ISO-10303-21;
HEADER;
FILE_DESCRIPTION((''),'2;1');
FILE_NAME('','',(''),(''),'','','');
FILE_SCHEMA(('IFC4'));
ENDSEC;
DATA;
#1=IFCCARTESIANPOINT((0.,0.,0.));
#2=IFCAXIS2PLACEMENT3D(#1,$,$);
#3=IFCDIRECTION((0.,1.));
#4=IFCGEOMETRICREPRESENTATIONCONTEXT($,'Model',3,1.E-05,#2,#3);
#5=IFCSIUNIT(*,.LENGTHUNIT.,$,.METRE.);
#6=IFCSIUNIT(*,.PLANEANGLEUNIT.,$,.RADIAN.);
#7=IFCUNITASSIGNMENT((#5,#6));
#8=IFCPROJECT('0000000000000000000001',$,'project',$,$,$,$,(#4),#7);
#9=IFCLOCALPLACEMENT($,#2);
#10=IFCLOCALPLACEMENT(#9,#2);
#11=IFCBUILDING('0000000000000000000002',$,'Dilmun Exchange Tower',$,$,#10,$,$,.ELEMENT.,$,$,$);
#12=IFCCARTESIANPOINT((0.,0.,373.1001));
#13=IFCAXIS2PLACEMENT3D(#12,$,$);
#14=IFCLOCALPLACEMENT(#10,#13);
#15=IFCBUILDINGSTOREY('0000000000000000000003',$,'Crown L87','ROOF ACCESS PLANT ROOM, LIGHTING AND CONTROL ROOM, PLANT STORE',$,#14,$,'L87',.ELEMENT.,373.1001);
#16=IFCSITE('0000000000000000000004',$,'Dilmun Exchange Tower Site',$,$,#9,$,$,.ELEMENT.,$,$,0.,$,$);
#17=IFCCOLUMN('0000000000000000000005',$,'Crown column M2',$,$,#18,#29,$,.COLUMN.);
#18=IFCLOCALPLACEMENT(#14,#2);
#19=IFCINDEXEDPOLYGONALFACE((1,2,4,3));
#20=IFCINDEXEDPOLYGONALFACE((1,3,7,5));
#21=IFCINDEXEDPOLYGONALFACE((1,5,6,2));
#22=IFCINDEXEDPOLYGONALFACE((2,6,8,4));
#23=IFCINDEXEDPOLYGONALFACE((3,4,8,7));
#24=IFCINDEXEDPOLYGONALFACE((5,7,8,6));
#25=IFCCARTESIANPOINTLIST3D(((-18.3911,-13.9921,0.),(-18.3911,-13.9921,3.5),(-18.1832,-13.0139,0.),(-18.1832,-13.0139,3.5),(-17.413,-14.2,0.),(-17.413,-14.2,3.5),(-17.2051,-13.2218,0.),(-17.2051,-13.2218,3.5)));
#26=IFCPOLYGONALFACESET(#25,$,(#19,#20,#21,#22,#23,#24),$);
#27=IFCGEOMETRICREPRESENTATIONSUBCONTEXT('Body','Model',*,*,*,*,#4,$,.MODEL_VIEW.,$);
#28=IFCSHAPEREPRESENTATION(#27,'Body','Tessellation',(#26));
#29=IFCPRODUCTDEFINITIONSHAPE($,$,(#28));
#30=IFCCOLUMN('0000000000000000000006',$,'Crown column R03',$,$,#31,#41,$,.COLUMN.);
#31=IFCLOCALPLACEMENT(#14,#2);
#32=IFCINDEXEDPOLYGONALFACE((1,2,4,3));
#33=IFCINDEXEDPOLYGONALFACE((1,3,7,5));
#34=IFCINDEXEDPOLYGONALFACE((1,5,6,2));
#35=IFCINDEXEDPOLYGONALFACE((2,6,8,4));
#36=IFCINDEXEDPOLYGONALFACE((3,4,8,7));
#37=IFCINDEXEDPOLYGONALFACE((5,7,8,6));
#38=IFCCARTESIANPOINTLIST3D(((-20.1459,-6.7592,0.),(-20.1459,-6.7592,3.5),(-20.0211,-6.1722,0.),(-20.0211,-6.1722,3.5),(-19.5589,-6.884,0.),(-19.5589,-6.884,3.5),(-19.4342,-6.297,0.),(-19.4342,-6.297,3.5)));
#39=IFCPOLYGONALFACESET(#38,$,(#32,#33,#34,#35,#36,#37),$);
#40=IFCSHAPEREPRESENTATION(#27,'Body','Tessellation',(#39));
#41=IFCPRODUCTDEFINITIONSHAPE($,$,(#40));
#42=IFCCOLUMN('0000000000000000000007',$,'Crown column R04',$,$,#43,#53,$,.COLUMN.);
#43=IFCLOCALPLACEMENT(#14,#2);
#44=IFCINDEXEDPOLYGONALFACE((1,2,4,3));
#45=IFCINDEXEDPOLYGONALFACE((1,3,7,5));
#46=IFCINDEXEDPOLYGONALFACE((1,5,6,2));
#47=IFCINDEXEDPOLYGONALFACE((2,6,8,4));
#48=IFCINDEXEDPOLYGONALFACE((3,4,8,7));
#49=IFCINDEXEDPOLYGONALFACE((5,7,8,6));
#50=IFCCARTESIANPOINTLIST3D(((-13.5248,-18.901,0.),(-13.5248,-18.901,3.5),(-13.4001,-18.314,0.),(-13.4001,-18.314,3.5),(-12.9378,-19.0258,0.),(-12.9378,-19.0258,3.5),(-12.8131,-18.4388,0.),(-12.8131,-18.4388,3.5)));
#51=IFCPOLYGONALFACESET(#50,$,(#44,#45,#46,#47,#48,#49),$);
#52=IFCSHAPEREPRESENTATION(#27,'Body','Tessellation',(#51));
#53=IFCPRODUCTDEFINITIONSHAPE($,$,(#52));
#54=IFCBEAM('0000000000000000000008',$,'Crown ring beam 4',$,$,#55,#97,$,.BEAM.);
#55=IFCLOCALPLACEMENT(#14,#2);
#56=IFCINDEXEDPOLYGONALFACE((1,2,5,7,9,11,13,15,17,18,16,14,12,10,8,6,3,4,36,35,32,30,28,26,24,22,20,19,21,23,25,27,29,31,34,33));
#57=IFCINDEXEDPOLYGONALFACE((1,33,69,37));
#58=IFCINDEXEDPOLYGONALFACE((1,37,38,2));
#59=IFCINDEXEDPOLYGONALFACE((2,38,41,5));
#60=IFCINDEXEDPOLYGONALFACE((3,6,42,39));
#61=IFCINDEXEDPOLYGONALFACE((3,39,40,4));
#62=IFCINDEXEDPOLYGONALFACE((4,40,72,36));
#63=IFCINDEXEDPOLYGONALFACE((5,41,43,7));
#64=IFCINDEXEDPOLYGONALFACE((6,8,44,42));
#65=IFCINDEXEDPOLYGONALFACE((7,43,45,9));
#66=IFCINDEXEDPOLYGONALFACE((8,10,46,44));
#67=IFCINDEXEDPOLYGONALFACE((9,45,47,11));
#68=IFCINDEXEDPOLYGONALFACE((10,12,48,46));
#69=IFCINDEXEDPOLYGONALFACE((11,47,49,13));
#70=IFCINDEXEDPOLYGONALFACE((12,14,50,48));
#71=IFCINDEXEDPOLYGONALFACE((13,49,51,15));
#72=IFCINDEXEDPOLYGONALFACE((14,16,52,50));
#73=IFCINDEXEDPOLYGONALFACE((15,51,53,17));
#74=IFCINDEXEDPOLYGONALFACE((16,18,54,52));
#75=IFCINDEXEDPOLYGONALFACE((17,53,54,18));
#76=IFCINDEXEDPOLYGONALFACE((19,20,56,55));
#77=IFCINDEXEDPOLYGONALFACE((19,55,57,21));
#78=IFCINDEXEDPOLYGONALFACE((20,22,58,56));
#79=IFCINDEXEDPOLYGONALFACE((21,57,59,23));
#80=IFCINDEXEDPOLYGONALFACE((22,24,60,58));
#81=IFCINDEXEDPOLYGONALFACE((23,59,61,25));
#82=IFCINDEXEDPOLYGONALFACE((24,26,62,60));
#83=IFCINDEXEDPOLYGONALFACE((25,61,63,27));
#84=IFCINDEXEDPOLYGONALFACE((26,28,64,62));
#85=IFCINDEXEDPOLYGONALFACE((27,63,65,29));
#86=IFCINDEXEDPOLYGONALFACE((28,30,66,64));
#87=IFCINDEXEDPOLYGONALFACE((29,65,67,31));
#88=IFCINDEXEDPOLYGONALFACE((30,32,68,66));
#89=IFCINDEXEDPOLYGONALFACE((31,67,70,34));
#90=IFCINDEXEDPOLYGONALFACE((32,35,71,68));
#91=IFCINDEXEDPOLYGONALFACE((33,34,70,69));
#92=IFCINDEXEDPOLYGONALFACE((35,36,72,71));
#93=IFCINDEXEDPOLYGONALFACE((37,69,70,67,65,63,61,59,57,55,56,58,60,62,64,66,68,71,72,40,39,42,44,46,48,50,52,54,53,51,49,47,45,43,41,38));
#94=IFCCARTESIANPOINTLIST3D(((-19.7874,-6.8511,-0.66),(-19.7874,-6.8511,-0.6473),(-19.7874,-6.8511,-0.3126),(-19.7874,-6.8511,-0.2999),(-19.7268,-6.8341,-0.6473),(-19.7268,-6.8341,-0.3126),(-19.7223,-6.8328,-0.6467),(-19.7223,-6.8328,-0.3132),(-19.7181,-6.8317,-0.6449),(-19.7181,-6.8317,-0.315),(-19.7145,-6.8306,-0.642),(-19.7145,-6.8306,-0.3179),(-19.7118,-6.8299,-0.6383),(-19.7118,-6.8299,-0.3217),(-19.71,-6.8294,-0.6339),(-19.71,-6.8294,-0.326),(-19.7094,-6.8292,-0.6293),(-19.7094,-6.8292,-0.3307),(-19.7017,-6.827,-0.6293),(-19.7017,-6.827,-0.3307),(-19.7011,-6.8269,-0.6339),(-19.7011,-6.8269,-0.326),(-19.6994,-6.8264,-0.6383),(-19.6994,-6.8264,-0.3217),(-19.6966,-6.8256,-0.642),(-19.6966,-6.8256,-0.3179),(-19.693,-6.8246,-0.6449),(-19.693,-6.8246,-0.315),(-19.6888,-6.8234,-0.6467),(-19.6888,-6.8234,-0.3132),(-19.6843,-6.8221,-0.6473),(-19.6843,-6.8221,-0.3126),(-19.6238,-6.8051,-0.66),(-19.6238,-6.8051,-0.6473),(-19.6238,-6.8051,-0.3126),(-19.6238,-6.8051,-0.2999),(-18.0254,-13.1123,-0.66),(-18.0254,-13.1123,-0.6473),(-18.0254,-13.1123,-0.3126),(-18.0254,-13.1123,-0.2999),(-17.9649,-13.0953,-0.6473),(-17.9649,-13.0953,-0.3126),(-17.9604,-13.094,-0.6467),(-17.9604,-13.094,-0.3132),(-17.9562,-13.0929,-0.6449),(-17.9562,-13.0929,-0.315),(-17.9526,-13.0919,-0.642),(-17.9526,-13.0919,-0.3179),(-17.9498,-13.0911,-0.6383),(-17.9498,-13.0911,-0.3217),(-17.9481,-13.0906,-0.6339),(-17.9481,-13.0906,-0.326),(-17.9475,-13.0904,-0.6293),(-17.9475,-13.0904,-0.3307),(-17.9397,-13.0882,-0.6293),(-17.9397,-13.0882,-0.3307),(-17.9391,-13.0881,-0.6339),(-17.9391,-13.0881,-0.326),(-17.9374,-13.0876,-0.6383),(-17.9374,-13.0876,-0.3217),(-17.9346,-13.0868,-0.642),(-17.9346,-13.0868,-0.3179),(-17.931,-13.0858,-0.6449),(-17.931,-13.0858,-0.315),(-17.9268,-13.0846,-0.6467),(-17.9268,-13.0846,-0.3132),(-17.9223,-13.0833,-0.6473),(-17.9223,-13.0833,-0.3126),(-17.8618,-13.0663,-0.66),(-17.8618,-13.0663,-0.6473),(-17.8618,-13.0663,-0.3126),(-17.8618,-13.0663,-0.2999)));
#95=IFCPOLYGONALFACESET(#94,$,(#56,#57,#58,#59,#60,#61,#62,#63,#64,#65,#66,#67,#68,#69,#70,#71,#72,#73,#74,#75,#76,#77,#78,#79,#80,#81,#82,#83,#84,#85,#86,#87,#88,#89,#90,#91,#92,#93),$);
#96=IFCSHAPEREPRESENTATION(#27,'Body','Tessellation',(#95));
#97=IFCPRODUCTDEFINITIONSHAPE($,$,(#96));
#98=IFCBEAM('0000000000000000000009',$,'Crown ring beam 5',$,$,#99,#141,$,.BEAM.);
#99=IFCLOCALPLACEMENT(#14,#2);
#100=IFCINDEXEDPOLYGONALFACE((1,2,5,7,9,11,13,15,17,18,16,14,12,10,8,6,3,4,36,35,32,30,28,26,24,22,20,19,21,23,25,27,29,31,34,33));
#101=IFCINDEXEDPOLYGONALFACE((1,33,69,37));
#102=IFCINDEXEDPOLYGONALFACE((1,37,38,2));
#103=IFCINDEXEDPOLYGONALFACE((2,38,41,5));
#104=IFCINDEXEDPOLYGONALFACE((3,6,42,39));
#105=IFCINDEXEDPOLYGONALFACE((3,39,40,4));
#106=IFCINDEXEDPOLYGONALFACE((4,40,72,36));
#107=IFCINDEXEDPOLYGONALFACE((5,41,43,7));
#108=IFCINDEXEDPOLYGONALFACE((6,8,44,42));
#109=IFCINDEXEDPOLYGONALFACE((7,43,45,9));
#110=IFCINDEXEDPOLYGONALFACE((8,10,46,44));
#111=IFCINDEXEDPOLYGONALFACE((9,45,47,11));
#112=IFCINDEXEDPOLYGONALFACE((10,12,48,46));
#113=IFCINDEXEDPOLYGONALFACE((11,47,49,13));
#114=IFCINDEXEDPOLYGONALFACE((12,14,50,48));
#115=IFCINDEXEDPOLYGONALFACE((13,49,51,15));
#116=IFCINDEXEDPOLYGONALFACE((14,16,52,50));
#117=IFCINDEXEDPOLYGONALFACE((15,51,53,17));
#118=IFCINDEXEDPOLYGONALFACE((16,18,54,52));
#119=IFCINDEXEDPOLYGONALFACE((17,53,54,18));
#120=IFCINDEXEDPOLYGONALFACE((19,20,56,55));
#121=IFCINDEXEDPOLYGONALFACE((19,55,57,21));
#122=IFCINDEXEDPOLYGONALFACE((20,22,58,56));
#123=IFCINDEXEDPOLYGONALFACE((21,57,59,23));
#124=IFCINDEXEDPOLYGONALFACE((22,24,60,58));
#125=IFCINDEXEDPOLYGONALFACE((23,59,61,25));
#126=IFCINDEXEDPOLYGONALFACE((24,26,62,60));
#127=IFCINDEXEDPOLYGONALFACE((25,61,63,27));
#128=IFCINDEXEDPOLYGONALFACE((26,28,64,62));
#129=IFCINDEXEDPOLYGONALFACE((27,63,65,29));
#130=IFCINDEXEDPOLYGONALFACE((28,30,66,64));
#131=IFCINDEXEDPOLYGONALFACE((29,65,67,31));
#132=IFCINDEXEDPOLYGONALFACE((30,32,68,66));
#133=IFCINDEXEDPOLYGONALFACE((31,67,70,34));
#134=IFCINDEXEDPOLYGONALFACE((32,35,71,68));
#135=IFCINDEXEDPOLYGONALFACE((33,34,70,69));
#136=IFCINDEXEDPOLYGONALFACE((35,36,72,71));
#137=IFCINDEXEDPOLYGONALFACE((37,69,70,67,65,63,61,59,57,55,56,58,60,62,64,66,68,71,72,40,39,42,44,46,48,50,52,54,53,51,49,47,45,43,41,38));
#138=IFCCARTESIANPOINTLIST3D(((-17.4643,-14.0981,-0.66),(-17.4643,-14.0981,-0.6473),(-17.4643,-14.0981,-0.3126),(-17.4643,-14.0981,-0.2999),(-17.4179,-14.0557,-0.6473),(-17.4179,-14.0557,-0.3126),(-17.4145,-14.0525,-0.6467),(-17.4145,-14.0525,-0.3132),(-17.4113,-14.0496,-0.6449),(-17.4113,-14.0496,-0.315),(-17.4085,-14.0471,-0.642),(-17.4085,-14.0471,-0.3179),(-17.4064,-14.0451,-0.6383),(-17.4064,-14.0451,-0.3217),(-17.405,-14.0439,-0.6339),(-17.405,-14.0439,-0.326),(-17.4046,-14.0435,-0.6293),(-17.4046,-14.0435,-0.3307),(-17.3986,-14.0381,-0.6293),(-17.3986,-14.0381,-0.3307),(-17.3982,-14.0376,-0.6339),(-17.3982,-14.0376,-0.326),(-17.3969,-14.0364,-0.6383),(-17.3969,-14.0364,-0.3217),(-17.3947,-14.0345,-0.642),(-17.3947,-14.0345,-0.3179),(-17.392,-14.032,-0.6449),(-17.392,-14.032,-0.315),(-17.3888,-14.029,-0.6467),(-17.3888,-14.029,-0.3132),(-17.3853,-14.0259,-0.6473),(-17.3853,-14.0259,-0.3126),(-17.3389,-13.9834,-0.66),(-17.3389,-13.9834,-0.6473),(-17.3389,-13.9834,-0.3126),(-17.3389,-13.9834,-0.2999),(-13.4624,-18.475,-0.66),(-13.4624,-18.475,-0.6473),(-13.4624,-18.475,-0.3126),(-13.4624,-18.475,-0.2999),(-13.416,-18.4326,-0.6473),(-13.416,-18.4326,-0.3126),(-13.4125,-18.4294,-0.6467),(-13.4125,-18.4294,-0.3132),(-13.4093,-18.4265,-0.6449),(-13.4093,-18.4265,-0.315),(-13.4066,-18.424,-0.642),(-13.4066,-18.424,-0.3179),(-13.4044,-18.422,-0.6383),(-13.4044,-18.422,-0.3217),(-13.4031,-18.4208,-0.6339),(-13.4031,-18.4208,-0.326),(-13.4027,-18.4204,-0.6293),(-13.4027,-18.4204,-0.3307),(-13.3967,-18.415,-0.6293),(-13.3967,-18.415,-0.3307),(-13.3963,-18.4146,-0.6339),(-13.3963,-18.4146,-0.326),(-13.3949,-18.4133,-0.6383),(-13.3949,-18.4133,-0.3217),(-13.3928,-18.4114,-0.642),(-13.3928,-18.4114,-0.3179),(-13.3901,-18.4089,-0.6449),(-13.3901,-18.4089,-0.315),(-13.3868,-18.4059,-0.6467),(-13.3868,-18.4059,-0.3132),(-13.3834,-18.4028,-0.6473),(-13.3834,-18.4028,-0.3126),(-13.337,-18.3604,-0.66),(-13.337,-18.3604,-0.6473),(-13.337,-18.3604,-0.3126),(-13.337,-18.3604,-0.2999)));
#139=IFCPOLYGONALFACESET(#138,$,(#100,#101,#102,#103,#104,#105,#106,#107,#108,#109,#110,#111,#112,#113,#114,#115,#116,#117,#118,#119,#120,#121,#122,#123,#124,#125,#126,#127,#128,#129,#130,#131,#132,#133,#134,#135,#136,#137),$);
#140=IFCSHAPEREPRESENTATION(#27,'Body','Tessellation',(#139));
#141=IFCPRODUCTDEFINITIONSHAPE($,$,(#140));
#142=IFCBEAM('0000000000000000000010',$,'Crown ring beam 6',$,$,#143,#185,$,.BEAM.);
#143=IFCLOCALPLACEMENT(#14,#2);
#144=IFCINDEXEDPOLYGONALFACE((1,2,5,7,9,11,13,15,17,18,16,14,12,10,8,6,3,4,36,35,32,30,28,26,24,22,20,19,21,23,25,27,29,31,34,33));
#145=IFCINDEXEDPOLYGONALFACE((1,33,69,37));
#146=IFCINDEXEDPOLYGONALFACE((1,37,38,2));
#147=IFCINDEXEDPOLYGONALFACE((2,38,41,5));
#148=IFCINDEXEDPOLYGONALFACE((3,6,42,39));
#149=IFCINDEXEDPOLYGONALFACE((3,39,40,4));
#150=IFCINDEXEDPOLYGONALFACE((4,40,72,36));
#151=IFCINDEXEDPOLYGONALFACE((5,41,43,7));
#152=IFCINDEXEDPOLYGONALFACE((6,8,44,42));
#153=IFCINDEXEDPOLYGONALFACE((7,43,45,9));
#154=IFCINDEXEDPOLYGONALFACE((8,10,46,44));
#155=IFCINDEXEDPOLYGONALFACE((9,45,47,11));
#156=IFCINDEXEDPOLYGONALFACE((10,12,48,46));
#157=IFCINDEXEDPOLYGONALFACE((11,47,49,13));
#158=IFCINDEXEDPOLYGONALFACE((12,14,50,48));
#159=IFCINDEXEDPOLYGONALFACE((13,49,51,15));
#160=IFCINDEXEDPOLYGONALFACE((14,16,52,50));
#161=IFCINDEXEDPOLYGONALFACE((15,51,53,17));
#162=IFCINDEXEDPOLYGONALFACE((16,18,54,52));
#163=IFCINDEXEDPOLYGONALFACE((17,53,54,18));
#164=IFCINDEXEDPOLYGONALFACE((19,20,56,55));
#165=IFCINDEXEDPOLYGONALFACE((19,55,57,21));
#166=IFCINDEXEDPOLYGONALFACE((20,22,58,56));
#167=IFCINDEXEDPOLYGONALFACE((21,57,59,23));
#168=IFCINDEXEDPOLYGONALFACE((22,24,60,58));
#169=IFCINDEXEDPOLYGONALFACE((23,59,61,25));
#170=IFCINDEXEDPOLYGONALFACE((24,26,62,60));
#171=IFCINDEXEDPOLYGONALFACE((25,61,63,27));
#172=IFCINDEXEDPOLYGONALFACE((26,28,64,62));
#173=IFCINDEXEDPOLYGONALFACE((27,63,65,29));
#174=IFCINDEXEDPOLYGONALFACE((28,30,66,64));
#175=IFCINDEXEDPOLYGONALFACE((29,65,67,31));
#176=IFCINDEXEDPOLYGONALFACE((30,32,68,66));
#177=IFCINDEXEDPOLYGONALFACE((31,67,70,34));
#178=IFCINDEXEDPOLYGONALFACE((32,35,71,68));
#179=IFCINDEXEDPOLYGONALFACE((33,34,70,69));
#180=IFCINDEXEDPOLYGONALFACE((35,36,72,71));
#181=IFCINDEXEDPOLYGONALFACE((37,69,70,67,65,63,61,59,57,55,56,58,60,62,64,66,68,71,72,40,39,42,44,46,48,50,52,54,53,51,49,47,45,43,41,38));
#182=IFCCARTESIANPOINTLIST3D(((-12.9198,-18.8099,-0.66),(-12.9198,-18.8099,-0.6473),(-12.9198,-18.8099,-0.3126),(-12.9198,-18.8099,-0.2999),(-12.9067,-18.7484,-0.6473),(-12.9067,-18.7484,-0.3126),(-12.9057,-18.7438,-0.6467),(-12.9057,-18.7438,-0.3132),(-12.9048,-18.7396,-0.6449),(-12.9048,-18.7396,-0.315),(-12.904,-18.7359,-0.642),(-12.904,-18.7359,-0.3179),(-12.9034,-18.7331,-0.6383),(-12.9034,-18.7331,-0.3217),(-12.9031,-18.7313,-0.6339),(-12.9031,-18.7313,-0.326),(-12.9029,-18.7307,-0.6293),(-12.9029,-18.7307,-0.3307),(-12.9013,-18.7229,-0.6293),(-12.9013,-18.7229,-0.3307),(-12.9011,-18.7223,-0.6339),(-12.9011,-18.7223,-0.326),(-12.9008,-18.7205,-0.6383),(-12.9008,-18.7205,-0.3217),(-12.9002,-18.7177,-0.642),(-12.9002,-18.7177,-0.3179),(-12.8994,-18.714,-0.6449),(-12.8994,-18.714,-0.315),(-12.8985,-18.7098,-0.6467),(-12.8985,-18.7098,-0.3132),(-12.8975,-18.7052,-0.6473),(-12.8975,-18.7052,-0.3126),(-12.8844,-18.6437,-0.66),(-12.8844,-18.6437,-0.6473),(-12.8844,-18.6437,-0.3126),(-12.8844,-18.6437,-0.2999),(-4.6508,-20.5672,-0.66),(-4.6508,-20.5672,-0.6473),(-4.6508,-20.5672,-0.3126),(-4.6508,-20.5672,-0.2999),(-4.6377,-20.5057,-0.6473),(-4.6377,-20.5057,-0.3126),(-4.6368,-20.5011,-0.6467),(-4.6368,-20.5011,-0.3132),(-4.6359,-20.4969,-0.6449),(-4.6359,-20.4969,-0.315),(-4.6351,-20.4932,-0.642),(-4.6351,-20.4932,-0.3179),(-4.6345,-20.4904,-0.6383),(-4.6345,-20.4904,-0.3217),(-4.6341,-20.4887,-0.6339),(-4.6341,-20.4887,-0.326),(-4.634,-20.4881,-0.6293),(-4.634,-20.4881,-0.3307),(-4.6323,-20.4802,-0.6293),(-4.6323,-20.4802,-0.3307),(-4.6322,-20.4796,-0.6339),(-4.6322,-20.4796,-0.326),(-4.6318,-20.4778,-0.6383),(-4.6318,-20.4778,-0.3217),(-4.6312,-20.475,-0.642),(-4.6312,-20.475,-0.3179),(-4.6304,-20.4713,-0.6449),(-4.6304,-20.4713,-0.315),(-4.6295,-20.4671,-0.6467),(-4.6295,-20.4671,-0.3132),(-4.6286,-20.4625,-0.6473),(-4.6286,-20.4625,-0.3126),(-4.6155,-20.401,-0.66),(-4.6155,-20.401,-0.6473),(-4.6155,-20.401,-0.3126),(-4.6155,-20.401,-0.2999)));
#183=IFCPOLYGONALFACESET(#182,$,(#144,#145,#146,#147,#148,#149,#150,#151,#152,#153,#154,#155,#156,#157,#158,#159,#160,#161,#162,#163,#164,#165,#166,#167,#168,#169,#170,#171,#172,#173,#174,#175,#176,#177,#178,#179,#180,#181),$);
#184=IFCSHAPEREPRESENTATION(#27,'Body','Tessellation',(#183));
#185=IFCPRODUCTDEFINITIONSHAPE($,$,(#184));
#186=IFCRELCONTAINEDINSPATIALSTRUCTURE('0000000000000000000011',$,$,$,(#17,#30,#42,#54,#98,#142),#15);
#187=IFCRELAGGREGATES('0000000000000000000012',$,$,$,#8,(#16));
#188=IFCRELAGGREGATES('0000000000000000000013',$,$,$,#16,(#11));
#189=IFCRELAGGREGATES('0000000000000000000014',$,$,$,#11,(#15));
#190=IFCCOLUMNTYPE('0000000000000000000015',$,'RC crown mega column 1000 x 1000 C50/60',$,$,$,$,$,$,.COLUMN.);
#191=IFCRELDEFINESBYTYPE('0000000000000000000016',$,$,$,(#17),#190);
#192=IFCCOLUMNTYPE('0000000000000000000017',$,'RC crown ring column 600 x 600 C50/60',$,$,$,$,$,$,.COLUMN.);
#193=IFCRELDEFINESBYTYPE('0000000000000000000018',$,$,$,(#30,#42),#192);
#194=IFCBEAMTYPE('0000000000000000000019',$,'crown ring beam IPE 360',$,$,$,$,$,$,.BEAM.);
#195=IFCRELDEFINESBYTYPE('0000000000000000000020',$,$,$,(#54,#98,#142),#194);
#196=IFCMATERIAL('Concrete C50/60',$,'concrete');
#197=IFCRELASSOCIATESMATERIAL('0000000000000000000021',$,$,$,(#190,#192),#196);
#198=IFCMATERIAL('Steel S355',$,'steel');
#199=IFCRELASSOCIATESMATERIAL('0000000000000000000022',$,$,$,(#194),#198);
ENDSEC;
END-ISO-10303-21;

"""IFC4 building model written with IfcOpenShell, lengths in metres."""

from ifc_helpers import new_model, si_unit, direction, frame, origin, origin_2d, place, context, subcontext, project, spatial, rectangle, i_section, extrude, material, material_profile, profile_set, type_object, element, save


model = new_model("IFC4")

# Units and contexts
model_context = context("Model", 3, precision=1e-05, world=origin(), true_north=direction((0.0, 1.0)))
body_context = subcontext(model_context, "Body", "Model", "MODEL_VIEW")
ifc_project = project(units=[si_unit("LENGTHUNIT", "METRE"), si_unit("PLANEANGLEUNIT", "RADIAN")], contexts=[model_context])

# Site, building, storey
site_placement = place(None, origin())
site = spatial("IfcSite", under=ifc_project, at=site_placement, Name="Dilmun Exchange Tower Site", CompositionType="ELEMENT", RefElevation=0.0)
building_placement = place(site_placement, origin())
building = spatial("IfcBuilding", under=site, at=building_placement, Name="Dilmun Exchange Tower", CompositionType="ELEMENT")
storey_placement = place(building_placement, frame((0.0, 0.0, 373.1001)))
storey = spatial("IfcBuildingStorey", under=building, at=storey_placement, Name="Crown L87", Description="ROOF ACCESS PLANT ROOM, LIGHTING AND CONTROL ROOM, PLANT STORE", LongName="L87", CompositionType="ELEMENT", Elevation=373.1001)

# Columns
ifc_material_1 = material(Name="Concrete C50/60", Category="concrete")
ifc_material_profile_1 = material_profile(ifc_material_1, rectangle(XDim=1.0, YDim=1.0, at=origin_2d()), Name="1000 x 1000")
ifc_profile_set_1 = profile_set([ifc_material_profile_1], Name="Concrete C50/60")
column_type_1 = type_object("IfcColumnType", Name="RC crown mega column 1000 x 1000 C50/60", PredefinedType="COLUMN", material=ifc_profile_set_1)
column_placement = place(storey_placement, frame((-17.7981, -13.6069, 0.0), z_axis=(0.0, 0.0, 1.0), x_axis=(0.207912, 0.978148, 0.0)))
element("IfcColumn", 1, at=column_placement, inside=storey, type_object=column_type_1, Name="Crown column M2", PredefinedType="COLUMN", context=body_context, shape_type="SweptSolid", body=[
    extrude(rectangle(XDim=1.0, YDim=1.0, at=origin_2d()), origin(), (0.0, 0.0, 1.0), 3.5),
])
ifc_material_profile_2 = material_profile(ifc_material_1, rectangle(XDim=0.6001, YDim=0.6001, at=origin_2d()), Name="600 x 600")
ifc_profile_set_2 = profile_set([ifc_material_profile_2], Name="Concrete C50/60")
column_type_2 = type_object("IfcColumnType", Name="RC crown ring column 600 x 600 C50/60", PredefinedType="COLUMN", material=ifc_profile_set_2)
for number, where, z_axis, x_axis, name in (
    (2, (-19.79, -6.5281, 0.0), (0.0, 0.0, 1.0), (0.207912, 0.978148, 0.0), "Crown column R03"),
    (3, (-13.1689, -18.6699, 0.0), (0.0, 0.0, 1.0), (0.207912, 0.978148, 0.0), "Crown column R04"),
):
    element("IfcColumn", number, at=place(storey_placement, frame(where, z_axis=z_axis, x_axis=x_axis)), inside=storey, type_object=column_type_2, Name=name, PredefinedType="COLUMN", context=body_context, shape_type="SweptSolid", body=[
        extrude(rectangle(XDim=0.6001, YDim=0.6001, at=origin_2d()), origin(), (0.0, 0.0, 1.0), 3.5),
    ])

# Beams
ifc_material_2 = material(Name="Steel S355", Category="steel")
ifc_material_profile_3 = material_profile(ifc_material_2, i_section(OverallWidth=0.1699, OverallDepth=0.3601, WebThickness=0.0081, FlangeThickness=0.0127, FilletRadius=0.0181, at=origin_2d()), Name="IPE 360")
ifc_profile_set_3 = profile_set([ifc_material_profile_3], Name="Steel S355")
beam_type = type_object("IfcBeamType", Name="crown ring beam IPE 360", PredefinedType="BEAM", material=ifc_profile_set_3)
beam_1_placement = place(storey_placement, frame((-19.7056, -6.8281, -0.48), z_axis=(0.270887, -0.962611, 0.0), x_axis=(0.962611, 0.270887, 0.0)))
element("IfcBeam", 4, at=beam_1_placement, inside=storey, type_object=beam_type, Name="Crown ring beam 4", PredefinedType="BEAM", context=body_context, shape_type="SweptSolid", body=[
    extrude(i_section(OverallWidth=0.1699, OverallDepth=0.3601, WebThickness=0.0081, FlangeThickness=0.0127, FilletRadius=0.0181, at=origin_2d()), origin(), (0.0, 0.0, 1.0), 6.5044),
])
beam_2_placement = place(storey_placement, frame((-17.4016, -14.0408, -0.48), z_axis=(0.674785, -0.738015, 0.0), x_axis=(0.738015, 0.674785, 0.0)))
element("IfcBeam", 5, at=beam_2_placement, inside=storey, type_object=beam_type, Name="Crown ring beam 5", PredefinedType="BEAM", context=body_context, shape_type="SweptSolid", body=[
    extrude(i_section(OverallWidth=0.1699, OverallDepth=0.3601, WebThickness=0.0081, FlangeThickness=0.0127, FilletRadius=0.0181, at=origin_2d()), origin(), (0.0, 0.0, 1.0), 5.9307),
])
beam_3_placement = place(storey_placement, frame((-12.9021, -18.7268, -0.48), z_axis=(0.978155, -0.207876, 0.0), x_axis=(0.207876, 0.978155, 0.0)))
element("IfcBeam", 6, at=beam_3_placement, inside=storey, type_object=beam_type, Name="Crown ring beam 6", PredefinedType="BEAM", context=body_context, shape_type="SweptSolid", body=[
    extrude(i_section(OverallWidth=0.1699, OverallDepth=0.3601, WebThickness=0.0081, FlangeThickness=0.0127, FilletRadius=0.0181, at=origin_2d()), origin(), (0.0, 0.0, 1.0), 8.4536),
])

save(model, "model.ifc")
